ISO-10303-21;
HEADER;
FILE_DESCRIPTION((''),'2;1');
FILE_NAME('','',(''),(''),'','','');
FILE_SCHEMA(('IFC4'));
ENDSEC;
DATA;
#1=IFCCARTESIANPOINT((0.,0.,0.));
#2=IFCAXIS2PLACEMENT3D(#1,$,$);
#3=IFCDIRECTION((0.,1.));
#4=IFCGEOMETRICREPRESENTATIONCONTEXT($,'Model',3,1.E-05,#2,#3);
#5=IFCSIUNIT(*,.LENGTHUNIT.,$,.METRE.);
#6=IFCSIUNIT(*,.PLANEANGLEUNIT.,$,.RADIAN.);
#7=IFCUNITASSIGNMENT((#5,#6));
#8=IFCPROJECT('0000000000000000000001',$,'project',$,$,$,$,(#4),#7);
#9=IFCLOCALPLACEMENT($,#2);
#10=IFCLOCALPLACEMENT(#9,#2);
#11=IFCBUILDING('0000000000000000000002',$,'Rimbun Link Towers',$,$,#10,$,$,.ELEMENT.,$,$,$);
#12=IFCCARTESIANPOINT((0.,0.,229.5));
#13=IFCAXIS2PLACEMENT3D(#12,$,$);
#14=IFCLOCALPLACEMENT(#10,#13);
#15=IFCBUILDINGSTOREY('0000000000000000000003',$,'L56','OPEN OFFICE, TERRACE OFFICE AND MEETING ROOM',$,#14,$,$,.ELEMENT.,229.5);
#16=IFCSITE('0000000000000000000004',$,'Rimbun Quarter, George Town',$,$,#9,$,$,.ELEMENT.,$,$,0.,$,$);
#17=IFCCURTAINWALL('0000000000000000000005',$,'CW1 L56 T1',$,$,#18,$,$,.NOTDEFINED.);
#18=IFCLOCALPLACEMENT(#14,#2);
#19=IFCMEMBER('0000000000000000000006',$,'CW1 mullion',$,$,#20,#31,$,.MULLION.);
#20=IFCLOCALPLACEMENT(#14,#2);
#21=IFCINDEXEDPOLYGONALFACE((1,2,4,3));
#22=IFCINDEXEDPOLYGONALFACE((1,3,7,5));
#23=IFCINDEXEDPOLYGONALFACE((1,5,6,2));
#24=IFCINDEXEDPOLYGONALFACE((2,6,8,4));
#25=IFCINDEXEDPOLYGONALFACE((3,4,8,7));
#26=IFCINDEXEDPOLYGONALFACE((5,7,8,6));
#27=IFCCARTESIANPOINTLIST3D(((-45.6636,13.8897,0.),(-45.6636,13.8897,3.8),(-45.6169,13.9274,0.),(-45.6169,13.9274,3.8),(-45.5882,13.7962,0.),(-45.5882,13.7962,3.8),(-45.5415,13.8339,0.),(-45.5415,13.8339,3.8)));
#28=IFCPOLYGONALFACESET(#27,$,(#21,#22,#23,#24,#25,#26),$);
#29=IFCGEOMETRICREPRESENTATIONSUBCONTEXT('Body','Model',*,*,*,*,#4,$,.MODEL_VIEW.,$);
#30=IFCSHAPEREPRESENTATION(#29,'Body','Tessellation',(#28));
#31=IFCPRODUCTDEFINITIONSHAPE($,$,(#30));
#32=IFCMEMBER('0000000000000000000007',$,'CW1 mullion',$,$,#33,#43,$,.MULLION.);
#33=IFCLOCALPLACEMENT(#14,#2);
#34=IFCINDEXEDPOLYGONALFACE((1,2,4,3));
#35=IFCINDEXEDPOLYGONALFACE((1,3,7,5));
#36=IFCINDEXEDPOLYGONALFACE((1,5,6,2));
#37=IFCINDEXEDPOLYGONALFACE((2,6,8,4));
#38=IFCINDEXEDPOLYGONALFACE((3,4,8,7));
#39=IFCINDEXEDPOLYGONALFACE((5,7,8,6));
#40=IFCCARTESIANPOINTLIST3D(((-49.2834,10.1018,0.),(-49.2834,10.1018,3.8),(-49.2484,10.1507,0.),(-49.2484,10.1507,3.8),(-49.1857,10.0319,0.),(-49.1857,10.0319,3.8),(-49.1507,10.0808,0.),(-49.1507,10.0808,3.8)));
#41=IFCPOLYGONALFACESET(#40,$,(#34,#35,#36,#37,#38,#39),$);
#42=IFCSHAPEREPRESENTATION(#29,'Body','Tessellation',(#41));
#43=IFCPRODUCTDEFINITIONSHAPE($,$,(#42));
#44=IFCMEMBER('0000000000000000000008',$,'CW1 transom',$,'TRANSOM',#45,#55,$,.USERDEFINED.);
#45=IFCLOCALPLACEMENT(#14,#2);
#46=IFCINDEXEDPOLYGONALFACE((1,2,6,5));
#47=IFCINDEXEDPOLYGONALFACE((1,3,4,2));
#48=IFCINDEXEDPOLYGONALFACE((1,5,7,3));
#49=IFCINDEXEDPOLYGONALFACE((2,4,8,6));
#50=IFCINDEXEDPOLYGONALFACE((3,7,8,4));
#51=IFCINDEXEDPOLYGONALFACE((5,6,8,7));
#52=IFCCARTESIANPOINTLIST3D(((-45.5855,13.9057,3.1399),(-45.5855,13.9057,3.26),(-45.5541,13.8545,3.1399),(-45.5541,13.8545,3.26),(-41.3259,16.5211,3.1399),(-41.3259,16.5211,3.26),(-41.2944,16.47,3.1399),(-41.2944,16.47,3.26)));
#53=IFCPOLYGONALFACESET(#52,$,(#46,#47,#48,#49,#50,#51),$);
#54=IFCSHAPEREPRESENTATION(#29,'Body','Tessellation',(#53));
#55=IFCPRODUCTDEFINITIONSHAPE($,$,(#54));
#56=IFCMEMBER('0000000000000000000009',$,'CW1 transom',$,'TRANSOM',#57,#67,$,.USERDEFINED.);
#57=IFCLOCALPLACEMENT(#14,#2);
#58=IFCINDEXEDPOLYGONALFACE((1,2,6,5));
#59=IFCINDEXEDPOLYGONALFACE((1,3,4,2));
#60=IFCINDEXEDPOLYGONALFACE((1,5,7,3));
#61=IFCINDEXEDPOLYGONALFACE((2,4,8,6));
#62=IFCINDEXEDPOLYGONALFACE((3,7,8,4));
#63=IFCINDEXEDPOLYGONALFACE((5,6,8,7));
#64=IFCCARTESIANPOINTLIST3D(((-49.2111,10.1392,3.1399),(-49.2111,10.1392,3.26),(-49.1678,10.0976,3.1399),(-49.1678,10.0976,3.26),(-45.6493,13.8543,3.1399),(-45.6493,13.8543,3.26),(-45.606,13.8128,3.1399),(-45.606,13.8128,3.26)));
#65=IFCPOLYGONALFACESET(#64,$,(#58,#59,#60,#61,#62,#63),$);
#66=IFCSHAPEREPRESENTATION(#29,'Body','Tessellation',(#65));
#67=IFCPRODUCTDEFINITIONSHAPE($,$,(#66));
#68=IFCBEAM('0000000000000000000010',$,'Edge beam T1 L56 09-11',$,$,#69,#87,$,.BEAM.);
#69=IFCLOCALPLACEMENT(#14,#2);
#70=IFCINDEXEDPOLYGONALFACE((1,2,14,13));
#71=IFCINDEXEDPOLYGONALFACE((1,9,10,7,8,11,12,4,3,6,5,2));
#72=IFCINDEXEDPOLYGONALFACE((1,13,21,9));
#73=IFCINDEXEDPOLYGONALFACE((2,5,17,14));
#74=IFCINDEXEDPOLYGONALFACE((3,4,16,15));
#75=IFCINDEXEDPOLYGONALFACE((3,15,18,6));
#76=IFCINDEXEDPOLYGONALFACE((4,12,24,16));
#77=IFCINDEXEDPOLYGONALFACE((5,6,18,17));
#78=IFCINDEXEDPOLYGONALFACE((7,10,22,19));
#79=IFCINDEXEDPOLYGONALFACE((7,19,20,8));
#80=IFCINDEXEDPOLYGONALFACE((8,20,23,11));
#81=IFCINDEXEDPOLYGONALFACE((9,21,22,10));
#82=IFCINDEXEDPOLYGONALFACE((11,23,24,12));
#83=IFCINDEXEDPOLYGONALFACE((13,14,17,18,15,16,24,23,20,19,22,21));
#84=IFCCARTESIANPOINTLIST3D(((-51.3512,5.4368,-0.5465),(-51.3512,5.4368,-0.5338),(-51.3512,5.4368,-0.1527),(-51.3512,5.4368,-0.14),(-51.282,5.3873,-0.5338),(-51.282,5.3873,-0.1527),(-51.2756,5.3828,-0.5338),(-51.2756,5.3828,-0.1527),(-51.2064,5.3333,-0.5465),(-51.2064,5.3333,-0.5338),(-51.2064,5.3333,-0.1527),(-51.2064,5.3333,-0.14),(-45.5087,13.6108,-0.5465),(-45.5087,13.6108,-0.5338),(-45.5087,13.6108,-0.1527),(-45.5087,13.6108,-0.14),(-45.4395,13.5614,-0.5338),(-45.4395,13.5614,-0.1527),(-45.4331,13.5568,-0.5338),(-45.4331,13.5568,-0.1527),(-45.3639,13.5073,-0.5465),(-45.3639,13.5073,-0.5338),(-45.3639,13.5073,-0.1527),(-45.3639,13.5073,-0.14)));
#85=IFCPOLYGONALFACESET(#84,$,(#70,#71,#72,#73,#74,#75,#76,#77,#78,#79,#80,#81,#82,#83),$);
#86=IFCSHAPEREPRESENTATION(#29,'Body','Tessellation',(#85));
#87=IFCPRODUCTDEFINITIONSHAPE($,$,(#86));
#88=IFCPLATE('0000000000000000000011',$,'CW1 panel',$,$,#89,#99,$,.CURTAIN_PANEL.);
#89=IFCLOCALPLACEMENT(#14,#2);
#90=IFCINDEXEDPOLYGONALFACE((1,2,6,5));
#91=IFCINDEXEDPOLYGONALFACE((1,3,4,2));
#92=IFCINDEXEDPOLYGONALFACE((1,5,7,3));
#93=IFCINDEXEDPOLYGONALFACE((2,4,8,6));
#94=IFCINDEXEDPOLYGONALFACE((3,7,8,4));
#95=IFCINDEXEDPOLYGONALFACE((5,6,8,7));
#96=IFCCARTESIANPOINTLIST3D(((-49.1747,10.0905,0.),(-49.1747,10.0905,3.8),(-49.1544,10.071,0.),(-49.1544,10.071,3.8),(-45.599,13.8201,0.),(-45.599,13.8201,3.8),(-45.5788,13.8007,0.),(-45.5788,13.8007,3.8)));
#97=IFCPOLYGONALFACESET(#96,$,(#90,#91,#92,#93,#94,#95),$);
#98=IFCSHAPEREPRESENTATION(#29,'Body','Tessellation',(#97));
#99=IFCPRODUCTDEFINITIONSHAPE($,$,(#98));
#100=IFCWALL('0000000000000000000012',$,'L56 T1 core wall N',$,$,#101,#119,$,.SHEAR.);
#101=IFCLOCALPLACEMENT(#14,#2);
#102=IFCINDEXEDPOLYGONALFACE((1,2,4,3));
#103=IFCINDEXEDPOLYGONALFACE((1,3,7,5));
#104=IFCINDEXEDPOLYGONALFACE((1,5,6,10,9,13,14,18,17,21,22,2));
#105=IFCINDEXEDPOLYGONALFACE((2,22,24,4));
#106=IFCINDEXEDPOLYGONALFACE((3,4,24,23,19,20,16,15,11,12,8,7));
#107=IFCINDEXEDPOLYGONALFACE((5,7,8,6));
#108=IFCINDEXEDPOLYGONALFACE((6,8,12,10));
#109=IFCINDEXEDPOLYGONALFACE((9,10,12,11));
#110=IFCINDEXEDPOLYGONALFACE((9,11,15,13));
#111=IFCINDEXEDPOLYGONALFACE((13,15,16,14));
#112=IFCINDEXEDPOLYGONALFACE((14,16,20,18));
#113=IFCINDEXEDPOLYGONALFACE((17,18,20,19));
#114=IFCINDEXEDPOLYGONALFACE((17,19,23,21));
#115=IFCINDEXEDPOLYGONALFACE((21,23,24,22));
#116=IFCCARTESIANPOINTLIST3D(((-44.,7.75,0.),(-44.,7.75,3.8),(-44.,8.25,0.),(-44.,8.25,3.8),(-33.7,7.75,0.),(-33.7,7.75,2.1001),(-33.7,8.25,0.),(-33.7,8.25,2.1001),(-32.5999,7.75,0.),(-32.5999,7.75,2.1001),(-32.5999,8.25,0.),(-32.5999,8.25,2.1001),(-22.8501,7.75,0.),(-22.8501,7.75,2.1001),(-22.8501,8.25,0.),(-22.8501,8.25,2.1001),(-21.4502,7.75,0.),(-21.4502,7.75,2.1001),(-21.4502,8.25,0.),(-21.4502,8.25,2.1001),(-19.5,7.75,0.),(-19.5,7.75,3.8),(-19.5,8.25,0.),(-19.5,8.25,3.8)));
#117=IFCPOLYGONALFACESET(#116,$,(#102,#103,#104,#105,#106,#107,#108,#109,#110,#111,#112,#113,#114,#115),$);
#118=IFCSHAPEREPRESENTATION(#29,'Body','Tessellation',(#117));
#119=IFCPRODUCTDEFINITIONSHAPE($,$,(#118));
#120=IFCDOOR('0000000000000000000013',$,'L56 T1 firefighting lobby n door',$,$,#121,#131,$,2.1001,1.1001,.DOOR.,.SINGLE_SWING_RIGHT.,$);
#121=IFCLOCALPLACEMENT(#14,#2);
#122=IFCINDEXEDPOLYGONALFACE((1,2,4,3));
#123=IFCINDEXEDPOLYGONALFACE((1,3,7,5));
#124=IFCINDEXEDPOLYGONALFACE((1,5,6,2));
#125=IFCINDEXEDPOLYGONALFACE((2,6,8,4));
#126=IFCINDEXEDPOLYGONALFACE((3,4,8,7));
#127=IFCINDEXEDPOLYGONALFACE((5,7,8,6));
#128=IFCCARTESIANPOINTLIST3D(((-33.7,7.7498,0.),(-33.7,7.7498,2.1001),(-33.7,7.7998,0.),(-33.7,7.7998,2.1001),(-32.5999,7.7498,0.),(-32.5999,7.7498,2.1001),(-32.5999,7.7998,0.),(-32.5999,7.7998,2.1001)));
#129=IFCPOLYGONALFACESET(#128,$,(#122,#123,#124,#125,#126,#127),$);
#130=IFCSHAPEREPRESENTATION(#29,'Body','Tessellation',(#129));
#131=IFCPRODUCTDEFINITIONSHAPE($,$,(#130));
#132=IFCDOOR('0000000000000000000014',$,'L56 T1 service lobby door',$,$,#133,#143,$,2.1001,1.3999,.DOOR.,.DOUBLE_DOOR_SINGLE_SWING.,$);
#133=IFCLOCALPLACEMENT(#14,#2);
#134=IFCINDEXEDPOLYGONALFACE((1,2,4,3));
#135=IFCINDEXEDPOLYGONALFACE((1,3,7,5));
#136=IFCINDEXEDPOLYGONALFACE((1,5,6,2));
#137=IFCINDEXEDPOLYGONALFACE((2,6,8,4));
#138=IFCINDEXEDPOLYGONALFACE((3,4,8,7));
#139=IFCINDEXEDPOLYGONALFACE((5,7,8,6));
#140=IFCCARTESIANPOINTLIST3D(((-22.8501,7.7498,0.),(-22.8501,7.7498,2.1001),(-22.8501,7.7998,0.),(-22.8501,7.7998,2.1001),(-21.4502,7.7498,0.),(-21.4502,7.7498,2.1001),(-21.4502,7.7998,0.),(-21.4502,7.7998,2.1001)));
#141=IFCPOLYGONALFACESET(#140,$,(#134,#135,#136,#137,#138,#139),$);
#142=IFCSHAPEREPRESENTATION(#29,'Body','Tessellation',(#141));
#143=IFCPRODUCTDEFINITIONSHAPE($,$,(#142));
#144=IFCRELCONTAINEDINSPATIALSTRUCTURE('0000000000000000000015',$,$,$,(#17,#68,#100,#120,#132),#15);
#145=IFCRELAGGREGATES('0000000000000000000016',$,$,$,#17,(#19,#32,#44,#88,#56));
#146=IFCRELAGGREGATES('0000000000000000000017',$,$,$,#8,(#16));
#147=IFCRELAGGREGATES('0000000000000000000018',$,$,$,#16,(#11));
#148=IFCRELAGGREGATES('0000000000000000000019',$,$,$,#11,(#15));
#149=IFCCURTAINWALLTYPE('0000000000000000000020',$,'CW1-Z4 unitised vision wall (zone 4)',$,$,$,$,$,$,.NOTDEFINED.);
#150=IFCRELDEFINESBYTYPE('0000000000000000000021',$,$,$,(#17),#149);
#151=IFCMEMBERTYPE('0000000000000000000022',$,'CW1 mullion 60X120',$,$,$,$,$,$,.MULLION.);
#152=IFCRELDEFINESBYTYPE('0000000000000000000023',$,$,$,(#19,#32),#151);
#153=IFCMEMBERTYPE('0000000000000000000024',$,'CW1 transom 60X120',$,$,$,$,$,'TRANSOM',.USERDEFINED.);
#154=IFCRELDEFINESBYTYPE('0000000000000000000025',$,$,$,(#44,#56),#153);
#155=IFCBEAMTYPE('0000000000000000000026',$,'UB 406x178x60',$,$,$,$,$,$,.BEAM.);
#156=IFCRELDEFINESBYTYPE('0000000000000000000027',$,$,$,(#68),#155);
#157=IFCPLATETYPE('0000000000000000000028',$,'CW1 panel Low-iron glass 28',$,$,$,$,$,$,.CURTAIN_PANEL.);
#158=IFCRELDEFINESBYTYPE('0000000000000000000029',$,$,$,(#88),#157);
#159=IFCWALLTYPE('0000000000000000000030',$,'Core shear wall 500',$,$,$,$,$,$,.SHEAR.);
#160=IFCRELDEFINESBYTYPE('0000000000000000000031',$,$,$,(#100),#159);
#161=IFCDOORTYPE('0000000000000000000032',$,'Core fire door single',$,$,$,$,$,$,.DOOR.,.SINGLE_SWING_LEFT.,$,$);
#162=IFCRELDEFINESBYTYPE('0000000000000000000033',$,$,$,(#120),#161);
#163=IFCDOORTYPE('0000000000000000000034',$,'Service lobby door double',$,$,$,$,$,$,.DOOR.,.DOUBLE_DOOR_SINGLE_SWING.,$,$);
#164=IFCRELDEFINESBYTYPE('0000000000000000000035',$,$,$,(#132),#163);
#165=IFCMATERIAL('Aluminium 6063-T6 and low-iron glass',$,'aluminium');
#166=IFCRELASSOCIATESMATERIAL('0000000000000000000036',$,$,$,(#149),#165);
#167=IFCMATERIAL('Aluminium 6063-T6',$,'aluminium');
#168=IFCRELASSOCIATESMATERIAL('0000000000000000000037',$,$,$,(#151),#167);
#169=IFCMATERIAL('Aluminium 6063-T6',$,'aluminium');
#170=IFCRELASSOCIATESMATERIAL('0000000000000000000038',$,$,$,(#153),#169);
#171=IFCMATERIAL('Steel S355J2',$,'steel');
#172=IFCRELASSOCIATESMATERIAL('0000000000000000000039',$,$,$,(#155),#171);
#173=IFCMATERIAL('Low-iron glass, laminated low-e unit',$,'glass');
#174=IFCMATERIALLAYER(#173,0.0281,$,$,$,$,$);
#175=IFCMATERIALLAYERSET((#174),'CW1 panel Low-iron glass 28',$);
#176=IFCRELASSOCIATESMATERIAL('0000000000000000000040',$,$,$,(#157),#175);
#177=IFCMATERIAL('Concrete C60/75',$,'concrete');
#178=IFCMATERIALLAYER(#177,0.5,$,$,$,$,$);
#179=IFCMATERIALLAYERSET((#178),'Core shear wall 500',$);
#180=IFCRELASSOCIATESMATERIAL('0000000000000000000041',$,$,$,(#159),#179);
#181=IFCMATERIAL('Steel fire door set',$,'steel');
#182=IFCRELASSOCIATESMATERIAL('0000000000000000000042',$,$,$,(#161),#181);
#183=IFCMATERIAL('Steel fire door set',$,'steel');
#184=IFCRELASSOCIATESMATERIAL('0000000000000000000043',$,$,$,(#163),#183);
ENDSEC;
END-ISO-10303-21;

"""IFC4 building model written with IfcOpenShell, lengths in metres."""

from ifc_helpers import new_model, si_unit, direction, frame, frame_2d, origin, origin_2d, place, context, subcontext, project, spatial, rectangle, i_section, extrude, material, layer, layer_set, material_profile, profile_set, type_object, element, fill, aggregate, save


model = new_model("IFC4")

# Units and contexts
model_context = context("Model", 3, precision=1e-05, world=origin(), true_north=direction((0.0, 1.0)))
body_context = subcontext(model_context, "Body", "Model", "MODEL_VIEW")
ifc_project = project(units=[si_unit("LENGTHUNIT", "METRE"), si_unit("PLANEANGLEUNIT", "RADIAN")], contexts=[model_context])

# Site, building, storey
site_placement = place(None, origin())
site = spatial("IfcSite", under=ifc_project, at=site_placement, Name="Rimbun Quarter, George Town", CompositionType="ELEMENT", RefElevation=0.0)
building_placement = place(site_placement, origin())
building = spatial("IfcBuilding", under=site, at=building_placement, Name="Rimbun Link Towers", CompositionType="ELEMENT")
storey_placement = place(building_placement, frame((0.0, 0.0, 229.5)))
storey = spatial("IfcBuildingStorey", under=building, at=storey_placement, Name="L56", Description="OPEN OFFICE, TERRACE OFFICE AND MEETING ROOM", CompositionType="ELEMENT", Elevation=229.5)

# Curtain wall, members
ifc_material_1 = material(Name="Aluminium 6063-T6 and low-iron glass", Category="aluminium")
curtain_wall_type = type_object("IfcCurtainWallType", Name="CW1-Z4 unitised vision wall (zone 4)", PredefinedType="NOTDEFINED", material=ifc_material_1)
curtain_wall_placement = place(storey_placement, origin())
curtain_wall = element("IfcCurtainWall", 1, at=curtain_wall_placement, inside=storey, type_object=curtain_wall_type, Name="CW1 L56 T1", PredefinedType="NOTDEFINED")
ifc_material_2 = material(Name="Aluminium 6063-T6", Category="aluminium")
ifc_material_profile_1 = material_profile(ifc_material_2, rectangle(XDim=0.1201, YDim=0.0601, at=origin_2d()), Name="MULLION 60X120")
ifc_profile_set_1 = profile_set([ifc_material_profile_1], Name="Aluminium 6063-T6")
member_type_1 = type_object("IfcMemberType", Name="CW1 mullion 60X120", PredefinedType="MULLION", material=ifc_profile_set_1)
member_1_placement = place(storey_placement, frame((-45.6025, 13.8618, 0.0), z_axis=(0.0, 0.0, 1.0), x_axis=(-0.627673, 0.778477, 0.0)))
member_1 = element("IfcMember", 2, at=member_1_placement, type_object=member_type_1, Name="CW1 mullion", PredefinedType="MULLION", context=body_context, shape_type="SweptSolid", body=[
    extrude(rectangle(XDim=0.1201, YDim=0.0601, at=origin_2d()), origin(), (0.0, 0.0, 1.0), 3.8),
])
member_2_placement = place(storey_placement, frame((-49.217, 10.0913, 0.0), z_axis=(0.0, 0.0, 1.0), x_axis=(-0.813354, 0.58177, 0.0)))
member_2 = element("IfcMember", 3, at=member_2_placement, type_object=member_type_1, Name="CW1 mullion", PredefinedType="MULLION", context=body_context, shape_type="SweptSolid", body=[
    extrude(rectangle(XDim=0.1201, YDim=0.0601, at=origin_2d()), origin(), (0.0, 0.0, 1.0), 3.8),
])
ifc_material_3 = material(Name="Aluminium 6063-T6", Category="aluminium")
ifc_material_profile_2 = material_profile(ifc_material_3, rectangle(XDim=0.0601, YDim=0.1201, at=origin_2d()), Name="TRANSOM 60X120")
ifc_profile_set_2 = profile_set([ifc_material_profile_2], Name="Aluminium 6063-T6")
member_type_2 = type_object("IfcMemberType", Name="CW1 transom 60X120", ElementType="TRANSOM", PredefinedType="USERDEFINED", material=ifc_profile_set_2)
member_3_placement = place(storey_placement, frame((-45.5698, 13.8801, 3.2), z_axis=(0.852186, 0.523239, 0.0), x_axis=(-0.523239, 0.852186, 0.0)))
member_3 = element("IfcMember", 4, at=member_3_placement, type_object=member_type_2, Name="CW1 transom", ObjectType="TRANSOM", PredefinedType="USERDEFINED", context=body_context, shape_type="SweptSolid", body=[
    extrude(rectangle(XDim=0.0601, YDim=0.1201, at=origin_2d()), origin(), (0.0, 0.0, 1.0), 4.9985),
])
member_4_placement = place(storey_placement, frame((-49.1895, 10.1184, 3.2), z_axis=(0.692055, 0.721845, 0.0), x_axis=(-0.721845, 0.692055, 0.0)))
member_4 = element("IfcMember", 5, at=member_4_placement, type_object=member_type_2, Name="CW1 transom", ObjectType="TRANSOM", PredefinedType="USERDEFINED", context=body_context, shape_type="SweptSolid", body=[
    extrude(rectangle(XDim=0.0601, YDim=0.1201, at=origin_2d()), origin(), (0.0, 0.0, 1.0), 5.1467),
])

# Beam
ifc_material_4 = material(Name="Steel S355J2", Category="steel")
ifc_material_profile_3 = material_profile(ifc_material_4, i_section(OverallWidth=0.178, OverallDepth=0.4065, WebThickness=0.0078, FlangeThickness=0.0127, at=origin_2d()), Name="UB 406x178x60")
ifc_profile_set_3 = profile_set([ifc_material_profile_3], Name="Steel S355J2")
beam_type = type_object("IfcBeamType", Name="UB 406x178x60", PredefinedType="BEAM", material=ifc_profile_set_3)
beam_placement = place(storey_placement, frame((-45.4363, 13.5591, -0.3433), z_axis=(-0.581496, -0.81355, 0.0), x_axis=(0.81355, -0.581496, 0.0)))
element("IfcBeam", 6, at=beam_placement, inside=storey, type_object=beam_type, Name="Edge beam T1 L56 09-11", PredefinedType="BEAM", context=body_context, shape_type="SweptSolid", body=[
    extrude(i_section(OverallWidth=0.178, OverallDepth=0.4065, WebThickness=0.0078, FlangeThickness=0.0127, at=origin_2d()), origin(), (0.0, 0.0, 1.0), 10.0474),
])

# Plate
ifc_material_5 = material(Name="Low-iron glass, laminated low-e unit", Category="glass")
ifc_layer_1 = layer(ifc_material_5, 0.0281)
ifc_layer_set_1 = layer_set([ifc_layer_1], Name="CW1 panel Low-iron glass 28")
plate_type = type_object("IfcPlateType", Name="CW1 panel Low-iron glass 28", PredefinedType="CURTAIN_PANEL", material=ifc_layer_set_1)
plate_placement = place(storey_placement, frame((-47.3767, 11.9456, 0.0), z_axis=(0.0, 0.0, 1.0), x_axis=(0.692046, 0.721853, 0.0)))
plate = element("IfcPlate", 7, at=plate_placement, type_object=plate_type, Name="CW1 panel", PredefinedType="CURTAIN_PANEL", context=body_context, shape_type="SweptSolid", body=[
    extrude(rectangle(XDim=5.1667, YDim=0.0281, at=origin_2d()), origin(), (0.0, 0.0, 1.0), 3.8),
])
aggregate(curtain_wall, [member_1, member_2, member_3, plate, member_4])

# Wall, openings, doors
ifc_material_6 = material(Name="Concrete C60/75", Category="concrete")
ifc_layer_2 = layer(ifc_material_6, 0.5)
ifc_layer_set_2 = layer_set([ifc_layer_2], Name="Core shear wall 500")
wall_type_1 = type_object("IfcWallType", Name="Core shear wall 500", PredefinedType="SHEAR", material=ifc_layer_set_2)
wall_1_placement = place(storey_placement, frame((-44.0, 8.0, 0.0), z_axis=(0.0, 0.0, 1.0), x_axis=(1.0, 0.0, 0.0)))
wall_1 = element("IfcWall", 8, at=wall_1_placement, inside=storey, type_object=wall_type_1, Name="L56 T1 core wall N", PredefinedType="SHEAR", context=body_context, shape_type="SweptSolid", body=[
    extrude(rectangle(XDim=24.5, YDim=0.5, at=frame_2d((12.25, 0.0))), origin(), (0.0, 0.0, 1.0), 3.8),
])
opening_1_placement = place(wall_1_placement, frame((10.3, 0.0, 0.0)))
opening_1 = element("IfcOpeningElement", 9, at=opening_1_placement, cuts=wall_1, PredefinedType="OPENING", context=body_context, shape_type="SweptSolid", body=[
    extrude(rectangle(XDim=1.1001, YDim=2.1001, at=frame_2d((0.55, 1.05))), frame((0.0, 0.26, 0.0), z_axis=(0.0, -1.0, 0.0), x_axis=(1.0, 0.0, 0.0)), (0.0, 0.0, 1.0), 0.52),
])
opening_2_placement = place(wall_1_placement, frame((21.1499, 0.0, 0.0)))
opening_2 = element("IfcOpeningElement", 10, at=opening_2_placement, cuts=wall_1, PredefinedType="OPENING", context=body_context, shape_type="SweptSolid", body=[
    extrude(rectangle(XDim=1.3999, YDim=2.1001, at=frame_2d((0.7, 1.05))), frame((0.0, 0.26, 0.0), z_axis=(0.0, -1.0, 0.0), x_axis=(1.0, 0.0, 0.0)), (0.0, 0.0, 1.0), 0.52),
])
ifc_material_7 = material(Name="Steel fire door set", Category="steel")
door_type_1 = type_object("IfcDoorType", Name="Core fire door single", OperationType="SINGLE_SWING_LEFT", PredefinedType="DOOR", material=ifc_material_7)
door_1_placement = place(opening_1_placement, origin())
door_1 = element("IfcDoor", 11, at=door_1_placement, inside=storey, type_object=door_type_1, Name="L56 T1 firefighting lobby n door", OperationType="SINGLE_SWING_RIGHT", OverallHeight=2.1001, OverallWidth=1.1001, PredefinedType="DOOR", context=body_context, shape_type="SweptSolid", body=[
    extrude(rectangle(XDim=1.1001, YDim=2.1001, at=frame_2d((0.55, 1.05))), frame((0.0, -0.2002, 0.0), z_axis=(0.0, -1.0, 0.0), x_axis=(1.0, 0.0, 0.0)), (0.0, 0.0, 1.0), 0.05),
])
fill(opening_1, door_1)
ifc_material_8 = material(Name="Steel fire door set", Category="steel")
door_type_2 = type_object("IfcDoorType", Name="Service lobby door double", OperationType="DOUBLE_DOOR_SINGLE_SWING", PredefinedType="DOOR", material=ifc_material_8)
door_2_placement = place(opening_2_placement, origin())
door_2 = element("IfcDoor", 12, at=door_2_placement, inside=storey, type_object=door_type_2, Name="L56 T1 service lobby door", OperationType="DOUBLE_DOOR_SINGLE_SWING", OverallHeight=2.1001, OverallWidth=1.3999, PredefinedType="DOOR", context=body_context, shape_type="SweptSolid", body=[
    extrude(rectangle(XDim=1.3999, YDim=2.1001, at=frame_2d((0.7, 1.05))), frame((0.0, -0.2002, 0.0), z_axis=(0.0, -1.0, 0.0), x_axis=(1.0, 0.0, 0.0)), (0.0, 0.0, 1.0), 0.05),
])
fill(opening_2, door_2)

save(model, "model.ifc")
